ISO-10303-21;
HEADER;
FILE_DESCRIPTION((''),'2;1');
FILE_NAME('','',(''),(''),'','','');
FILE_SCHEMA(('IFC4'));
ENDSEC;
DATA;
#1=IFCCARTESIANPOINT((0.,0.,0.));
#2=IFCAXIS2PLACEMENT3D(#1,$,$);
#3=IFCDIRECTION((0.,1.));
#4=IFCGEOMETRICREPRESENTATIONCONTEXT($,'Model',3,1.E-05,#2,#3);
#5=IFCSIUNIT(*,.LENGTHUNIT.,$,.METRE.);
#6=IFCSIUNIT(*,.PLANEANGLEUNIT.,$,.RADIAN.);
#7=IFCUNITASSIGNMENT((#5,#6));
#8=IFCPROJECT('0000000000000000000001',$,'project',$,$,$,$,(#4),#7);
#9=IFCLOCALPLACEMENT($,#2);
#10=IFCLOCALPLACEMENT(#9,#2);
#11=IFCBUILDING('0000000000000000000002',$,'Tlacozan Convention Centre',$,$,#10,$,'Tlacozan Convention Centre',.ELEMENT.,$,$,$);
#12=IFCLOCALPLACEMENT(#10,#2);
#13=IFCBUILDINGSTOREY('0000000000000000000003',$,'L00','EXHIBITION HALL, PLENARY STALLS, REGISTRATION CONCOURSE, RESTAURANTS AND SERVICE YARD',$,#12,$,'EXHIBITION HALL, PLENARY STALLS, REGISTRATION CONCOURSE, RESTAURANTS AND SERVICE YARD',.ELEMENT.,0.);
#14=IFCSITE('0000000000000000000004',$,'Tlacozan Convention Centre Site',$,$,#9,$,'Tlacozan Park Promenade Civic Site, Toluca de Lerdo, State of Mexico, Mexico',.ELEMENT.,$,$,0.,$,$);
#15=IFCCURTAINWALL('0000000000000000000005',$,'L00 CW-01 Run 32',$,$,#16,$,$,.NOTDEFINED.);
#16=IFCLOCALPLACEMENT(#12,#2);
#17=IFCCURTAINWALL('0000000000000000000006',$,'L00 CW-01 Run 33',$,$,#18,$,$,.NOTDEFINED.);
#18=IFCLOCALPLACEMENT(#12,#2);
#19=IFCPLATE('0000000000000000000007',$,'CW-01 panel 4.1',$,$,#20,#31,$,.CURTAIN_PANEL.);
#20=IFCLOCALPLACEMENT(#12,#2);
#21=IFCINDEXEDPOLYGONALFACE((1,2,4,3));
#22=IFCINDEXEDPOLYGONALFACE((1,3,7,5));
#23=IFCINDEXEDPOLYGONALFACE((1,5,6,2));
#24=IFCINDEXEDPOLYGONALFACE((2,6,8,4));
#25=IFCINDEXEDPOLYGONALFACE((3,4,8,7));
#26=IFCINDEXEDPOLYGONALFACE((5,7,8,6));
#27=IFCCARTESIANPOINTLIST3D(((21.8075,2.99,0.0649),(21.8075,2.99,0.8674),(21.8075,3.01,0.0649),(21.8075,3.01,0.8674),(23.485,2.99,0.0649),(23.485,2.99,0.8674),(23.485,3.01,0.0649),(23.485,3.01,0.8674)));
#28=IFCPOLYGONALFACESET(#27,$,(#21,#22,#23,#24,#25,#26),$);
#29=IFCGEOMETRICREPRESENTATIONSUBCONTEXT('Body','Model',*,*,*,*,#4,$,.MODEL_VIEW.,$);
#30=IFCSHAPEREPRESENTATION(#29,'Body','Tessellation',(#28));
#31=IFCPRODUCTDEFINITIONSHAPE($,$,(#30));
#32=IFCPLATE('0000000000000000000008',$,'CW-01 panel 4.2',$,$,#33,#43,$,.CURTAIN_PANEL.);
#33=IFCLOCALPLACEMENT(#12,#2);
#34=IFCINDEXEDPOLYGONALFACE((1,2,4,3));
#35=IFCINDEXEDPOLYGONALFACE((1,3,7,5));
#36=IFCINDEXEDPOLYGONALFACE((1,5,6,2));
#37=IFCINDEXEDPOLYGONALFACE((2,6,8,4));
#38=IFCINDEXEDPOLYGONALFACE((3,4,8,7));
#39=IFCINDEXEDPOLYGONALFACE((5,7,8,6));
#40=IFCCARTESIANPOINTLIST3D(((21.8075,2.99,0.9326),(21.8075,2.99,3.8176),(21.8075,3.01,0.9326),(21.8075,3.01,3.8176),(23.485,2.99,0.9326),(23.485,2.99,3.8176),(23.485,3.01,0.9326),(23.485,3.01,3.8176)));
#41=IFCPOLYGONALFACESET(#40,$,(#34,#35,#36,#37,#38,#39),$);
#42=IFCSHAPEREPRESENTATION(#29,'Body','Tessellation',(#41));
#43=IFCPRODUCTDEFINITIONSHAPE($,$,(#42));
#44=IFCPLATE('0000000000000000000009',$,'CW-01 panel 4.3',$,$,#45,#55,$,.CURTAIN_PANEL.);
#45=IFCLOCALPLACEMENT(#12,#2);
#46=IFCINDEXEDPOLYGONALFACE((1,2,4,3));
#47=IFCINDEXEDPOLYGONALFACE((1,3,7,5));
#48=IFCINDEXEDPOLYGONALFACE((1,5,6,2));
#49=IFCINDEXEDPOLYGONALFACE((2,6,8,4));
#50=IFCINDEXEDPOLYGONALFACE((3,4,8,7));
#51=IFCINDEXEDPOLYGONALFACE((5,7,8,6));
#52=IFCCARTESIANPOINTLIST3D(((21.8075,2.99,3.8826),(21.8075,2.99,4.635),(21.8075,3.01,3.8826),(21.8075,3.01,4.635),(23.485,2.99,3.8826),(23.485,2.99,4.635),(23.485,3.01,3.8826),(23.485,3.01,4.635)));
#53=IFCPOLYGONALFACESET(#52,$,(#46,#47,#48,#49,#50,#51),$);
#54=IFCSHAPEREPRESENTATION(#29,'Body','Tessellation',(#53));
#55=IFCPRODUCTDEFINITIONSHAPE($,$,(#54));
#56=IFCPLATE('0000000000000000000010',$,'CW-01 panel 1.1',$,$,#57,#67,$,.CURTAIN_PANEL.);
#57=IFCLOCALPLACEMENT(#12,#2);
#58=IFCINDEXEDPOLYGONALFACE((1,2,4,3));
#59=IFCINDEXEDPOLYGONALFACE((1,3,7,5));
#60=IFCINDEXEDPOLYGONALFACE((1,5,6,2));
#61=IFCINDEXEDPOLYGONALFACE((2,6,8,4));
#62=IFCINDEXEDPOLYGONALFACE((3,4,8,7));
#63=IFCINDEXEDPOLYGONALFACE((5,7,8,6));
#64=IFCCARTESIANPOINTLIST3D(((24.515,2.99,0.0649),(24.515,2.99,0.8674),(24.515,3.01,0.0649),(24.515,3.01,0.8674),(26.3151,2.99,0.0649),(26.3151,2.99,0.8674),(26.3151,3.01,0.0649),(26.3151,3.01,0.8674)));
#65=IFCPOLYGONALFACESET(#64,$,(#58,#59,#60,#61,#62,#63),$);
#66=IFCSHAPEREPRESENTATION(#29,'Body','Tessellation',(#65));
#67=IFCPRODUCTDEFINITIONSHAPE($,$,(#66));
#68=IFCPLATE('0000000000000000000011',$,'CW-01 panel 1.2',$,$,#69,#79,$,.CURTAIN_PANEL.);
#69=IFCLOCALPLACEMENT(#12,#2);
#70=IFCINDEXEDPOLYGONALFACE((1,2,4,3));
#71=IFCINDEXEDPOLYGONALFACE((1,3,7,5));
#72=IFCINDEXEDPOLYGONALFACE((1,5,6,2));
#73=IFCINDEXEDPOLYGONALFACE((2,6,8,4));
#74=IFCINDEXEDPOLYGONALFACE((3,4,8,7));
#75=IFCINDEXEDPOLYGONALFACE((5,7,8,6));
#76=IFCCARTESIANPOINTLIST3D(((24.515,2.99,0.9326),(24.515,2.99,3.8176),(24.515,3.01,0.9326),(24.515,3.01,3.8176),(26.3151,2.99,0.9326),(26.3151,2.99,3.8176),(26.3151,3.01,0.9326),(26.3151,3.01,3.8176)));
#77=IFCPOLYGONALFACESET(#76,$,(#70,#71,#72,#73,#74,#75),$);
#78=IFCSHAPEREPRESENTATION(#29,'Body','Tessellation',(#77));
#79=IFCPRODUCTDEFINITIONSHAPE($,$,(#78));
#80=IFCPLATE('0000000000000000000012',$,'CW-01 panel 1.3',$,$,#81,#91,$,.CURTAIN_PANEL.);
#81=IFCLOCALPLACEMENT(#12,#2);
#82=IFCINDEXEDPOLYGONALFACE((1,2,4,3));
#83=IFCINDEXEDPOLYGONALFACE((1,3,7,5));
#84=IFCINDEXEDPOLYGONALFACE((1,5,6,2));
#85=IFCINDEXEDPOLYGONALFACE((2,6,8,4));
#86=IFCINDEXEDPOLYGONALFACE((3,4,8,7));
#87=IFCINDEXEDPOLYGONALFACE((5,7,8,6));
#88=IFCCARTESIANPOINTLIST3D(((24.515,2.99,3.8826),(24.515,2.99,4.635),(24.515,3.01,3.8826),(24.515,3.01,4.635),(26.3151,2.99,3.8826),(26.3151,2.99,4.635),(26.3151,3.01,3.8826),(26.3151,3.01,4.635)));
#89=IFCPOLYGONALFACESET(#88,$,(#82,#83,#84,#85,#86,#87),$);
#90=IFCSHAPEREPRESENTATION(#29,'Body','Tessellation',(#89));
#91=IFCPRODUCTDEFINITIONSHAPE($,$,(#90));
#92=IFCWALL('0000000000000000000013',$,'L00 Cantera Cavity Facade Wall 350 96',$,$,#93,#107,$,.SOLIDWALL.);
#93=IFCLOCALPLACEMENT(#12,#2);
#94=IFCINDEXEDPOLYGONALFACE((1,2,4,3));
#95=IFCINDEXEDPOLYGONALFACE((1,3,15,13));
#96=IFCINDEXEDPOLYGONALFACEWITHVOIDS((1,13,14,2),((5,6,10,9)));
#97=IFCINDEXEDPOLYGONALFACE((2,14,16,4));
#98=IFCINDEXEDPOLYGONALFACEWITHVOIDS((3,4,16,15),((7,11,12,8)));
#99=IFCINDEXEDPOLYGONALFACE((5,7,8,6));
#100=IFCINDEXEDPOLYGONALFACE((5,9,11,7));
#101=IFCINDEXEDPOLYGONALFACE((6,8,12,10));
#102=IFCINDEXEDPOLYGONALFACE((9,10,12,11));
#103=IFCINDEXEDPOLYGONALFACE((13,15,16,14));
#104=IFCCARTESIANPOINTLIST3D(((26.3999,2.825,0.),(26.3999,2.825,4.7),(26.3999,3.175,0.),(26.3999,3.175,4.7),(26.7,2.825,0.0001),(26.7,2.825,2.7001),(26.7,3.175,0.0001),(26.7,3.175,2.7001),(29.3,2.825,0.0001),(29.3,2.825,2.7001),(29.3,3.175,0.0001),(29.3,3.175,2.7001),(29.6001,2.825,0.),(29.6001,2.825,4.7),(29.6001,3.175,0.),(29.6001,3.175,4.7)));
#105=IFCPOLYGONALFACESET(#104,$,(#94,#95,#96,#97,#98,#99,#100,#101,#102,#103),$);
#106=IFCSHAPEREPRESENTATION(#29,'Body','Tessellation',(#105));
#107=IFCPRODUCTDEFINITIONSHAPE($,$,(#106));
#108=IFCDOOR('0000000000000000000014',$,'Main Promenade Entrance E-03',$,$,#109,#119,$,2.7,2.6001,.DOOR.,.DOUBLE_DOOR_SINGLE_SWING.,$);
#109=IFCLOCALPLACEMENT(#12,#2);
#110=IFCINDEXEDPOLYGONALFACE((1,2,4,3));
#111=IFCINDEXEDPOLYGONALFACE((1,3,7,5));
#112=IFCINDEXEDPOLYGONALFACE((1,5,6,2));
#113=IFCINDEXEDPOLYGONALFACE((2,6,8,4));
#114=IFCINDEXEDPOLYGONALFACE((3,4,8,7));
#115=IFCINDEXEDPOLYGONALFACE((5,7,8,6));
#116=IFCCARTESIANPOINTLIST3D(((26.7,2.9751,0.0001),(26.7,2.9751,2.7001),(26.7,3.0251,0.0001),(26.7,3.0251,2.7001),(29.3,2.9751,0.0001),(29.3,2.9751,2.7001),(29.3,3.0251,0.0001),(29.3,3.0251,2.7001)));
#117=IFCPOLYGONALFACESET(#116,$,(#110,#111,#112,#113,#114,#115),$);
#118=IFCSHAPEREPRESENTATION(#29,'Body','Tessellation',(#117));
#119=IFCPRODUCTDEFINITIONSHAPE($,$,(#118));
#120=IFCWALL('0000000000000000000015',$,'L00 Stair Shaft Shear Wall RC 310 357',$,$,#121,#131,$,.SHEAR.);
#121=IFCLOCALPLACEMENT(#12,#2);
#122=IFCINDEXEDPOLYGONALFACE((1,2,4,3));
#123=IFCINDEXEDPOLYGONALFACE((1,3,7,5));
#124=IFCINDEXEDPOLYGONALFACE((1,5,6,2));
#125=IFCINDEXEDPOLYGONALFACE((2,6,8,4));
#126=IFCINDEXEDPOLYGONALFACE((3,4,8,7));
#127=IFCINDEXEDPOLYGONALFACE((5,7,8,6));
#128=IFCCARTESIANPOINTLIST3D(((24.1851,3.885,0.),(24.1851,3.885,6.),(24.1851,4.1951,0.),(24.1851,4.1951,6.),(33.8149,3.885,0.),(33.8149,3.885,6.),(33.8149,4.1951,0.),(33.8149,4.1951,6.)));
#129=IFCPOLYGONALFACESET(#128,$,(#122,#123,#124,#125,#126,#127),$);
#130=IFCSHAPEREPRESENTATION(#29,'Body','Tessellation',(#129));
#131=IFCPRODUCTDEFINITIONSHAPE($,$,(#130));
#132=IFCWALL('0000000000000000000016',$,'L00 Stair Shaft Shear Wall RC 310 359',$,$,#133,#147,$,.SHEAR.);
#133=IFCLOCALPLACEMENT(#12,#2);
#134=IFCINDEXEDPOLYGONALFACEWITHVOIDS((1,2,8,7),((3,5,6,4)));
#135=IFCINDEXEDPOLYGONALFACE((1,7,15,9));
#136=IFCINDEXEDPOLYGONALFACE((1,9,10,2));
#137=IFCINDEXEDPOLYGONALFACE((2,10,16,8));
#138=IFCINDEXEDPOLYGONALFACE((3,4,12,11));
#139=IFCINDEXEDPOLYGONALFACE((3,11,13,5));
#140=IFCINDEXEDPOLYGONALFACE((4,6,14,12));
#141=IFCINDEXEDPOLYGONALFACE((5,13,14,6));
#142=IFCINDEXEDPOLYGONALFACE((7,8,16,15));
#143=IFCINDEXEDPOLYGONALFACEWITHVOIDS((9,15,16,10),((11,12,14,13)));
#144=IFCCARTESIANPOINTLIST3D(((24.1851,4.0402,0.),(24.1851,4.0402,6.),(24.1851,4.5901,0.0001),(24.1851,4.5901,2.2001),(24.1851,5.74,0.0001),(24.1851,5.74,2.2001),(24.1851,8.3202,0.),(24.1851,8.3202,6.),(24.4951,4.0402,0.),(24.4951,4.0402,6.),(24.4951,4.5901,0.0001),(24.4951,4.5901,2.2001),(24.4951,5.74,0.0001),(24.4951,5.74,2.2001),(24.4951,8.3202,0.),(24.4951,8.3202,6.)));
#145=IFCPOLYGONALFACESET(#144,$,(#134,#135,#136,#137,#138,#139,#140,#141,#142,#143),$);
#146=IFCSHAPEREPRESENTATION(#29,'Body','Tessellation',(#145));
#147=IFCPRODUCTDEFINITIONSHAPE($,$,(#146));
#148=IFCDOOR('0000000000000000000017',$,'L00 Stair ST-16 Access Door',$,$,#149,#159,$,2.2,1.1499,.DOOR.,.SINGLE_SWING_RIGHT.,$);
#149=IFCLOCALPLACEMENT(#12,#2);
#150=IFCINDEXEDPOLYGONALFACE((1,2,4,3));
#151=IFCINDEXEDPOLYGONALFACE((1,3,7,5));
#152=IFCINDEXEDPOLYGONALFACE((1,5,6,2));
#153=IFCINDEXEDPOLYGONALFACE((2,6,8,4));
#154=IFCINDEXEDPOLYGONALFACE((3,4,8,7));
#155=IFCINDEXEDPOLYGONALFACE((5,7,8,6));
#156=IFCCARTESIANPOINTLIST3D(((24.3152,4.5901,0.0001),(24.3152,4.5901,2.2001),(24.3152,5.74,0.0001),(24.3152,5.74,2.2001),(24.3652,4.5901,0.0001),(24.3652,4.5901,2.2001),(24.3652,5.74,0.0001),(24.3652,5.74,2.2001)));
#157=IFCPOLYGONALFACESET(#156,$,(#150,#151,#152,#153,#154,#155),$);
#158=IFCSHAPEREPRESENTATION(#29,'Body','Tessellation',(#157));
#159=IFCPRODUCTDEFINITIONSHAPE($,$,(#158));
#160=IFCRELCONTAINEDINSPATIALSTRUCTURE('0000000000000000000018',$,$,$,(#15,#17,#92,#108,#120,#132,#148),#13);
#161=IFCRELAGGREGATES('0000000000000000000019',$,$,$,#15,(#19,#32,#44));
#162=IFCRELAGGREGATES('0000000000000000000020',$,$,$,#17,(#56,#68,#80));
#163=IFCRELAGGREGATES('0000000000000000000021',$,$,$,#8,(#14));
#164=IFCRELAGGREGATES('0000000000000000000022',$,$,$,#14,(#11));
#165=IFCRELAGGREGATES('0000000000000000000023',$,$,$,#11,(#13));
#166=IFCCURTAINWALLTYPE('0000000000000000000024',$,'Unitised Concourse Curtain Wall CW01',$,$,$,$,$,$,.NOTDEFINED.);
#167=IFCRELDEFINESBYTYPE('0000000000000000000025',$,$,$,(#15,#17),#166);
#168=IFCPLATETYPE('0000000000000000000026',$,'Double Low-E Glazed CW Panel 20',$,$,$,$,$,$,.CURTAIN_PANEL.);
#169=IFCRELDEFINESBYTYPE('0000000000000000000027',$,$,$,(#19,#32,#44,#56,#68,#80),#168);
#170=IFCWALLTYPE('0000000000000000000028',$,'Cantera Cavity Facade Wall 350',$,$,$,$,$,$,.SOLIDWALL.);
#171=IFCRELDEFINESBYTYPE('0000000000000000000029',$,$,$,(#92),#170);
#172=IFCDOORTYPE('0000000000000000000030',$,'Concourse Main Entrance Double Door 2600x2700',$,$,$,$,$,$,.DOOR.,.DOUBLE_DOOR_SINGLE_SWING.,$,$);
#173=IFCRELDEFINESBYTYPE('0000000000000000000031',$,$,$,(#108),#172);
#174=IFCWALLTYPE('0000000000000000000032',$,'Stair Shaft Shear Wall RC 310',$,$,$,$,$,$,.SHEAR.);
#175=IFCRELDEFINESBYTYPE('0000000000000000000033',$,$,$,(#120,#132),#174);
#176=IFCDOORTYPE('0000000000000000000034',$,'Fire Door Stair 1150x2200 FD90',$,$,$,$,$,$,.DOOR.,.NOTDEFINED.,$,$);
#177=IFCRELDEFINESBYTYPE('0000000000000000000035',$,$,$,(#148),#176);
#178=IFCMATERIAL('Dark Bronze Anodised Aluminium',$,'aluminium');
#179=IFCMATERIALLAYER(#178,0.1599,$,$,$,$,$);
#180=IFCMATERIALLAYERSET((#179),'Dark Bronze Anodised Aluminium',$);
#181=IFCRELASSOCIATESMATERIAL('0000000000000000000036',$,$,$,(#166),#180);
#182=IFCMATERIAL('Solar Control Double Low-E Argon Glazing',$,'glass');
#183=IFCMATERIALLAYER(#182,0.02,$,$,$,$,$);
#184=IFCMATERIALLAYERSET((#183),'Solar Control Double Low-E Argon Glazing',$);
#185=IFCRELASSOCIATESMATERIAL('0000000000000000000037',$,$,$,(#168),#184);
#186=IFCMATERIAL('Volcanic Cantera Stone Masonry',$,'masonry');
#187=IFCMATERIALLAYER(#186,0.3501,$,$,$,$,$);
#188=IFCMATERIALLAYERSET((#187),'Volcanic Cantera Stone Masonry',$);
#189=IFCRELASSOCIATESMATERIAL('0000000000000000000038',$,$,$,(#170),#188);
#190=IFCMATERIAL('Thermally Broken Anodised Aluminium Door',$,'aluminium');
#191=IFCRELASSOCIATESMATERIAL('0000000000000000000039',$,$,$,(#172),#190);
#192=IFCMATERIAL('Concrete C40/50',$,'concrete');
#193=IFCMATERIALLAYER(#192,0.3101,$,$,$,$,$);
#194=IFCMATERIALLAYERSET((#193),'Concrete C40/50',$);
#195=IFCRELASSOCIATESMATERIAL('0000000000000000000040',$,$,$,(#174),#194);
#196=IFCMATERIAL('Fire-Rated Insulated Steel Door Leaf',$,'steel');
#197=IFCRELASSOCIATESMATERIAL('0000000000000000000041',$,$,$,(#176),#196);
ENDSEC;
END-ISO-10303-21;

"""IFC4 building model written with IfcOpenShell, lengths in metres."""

from ifc_helpers import new_model, si_unit, direction, frame, frame_2d, origin, origin_2d, place, context, subcontext, project, spatial, rectangle, extrude, material, layer, layer_set, type_object, element, fill, aggregate, save


model = new_model("IFC4")

# Units and contexts
model_context = context("Model", 3, precision=1e-05, world=origin(), true_north=direction((0.0, 1.0)))
body_context = subcontext(model_context, "Body", "Model", "MODEL_VIEW")
ifc_project = project(units=[si_unit("LENGTHUNIT", "METRE"), si_unit("PLANEANGLEUNIT", "RADIAN")], contexts=[model_context])

# Site, building, storey
site_placement = place(None, origin())
site = spatial("IfcSite", under=ifc_project, at=site_placement, Name="Tlacozan Convention Centre Site", LongName="Tlacozan Park Promenade Civic Site, Toluca de Lerdo, State of Mexico, Mexico", CompositionType="ELEMENT", RefElevation=0.0)
building_placement = place(site_placement, origin())
building = spatial("IfcBuilding", under=site, at=building_placement, Name="Tlacozan Convention Centre", LongName="Tlacozan Convention Centre", CompositionType="ELEMENT")
storey_placement = place(building_placement, origin())
storey = spatial("IfcBuildingStorey", under=building, at=storey_placement, Name="L00", Description="EXHIBITION HALL, PLENARY STALLS, REGISTRATION CONCOURSE, RESTAURANTS AND SERVICE YARD", LongName="EXHIBITION HALL, PLENARY STALLS, REGISTRATION CONCOURSE, RESTAURANTS AND SERVICE YARD", CompositionType="ELEMENT", Elevation=0.0)

# Curtain wall
ifc_material_1 = material(Name="Dark Bronze Anodised Aluminium", Category="aluminium")
ifc_layer_1 = layer(ifc_material_1, 0.1599)
ifc_layer_set_1 = layer_set([ifc_layer_1], Name="Dark Bronze Anodised Aluminium")
curtain_wall_type = type_object("IfcCurtainWallType", Name="Unitised Concourse Curtain Wall CW01", PredefinedType="NOTDEFINED", material=ifc_layer_set_1)
curtain_wall_1_placement = place(storey_placement, origin())
curtain_wall_1 = element("IfcCurtainWall", 1, at=curtain_wall_1_placement, inside=storey, type_object=curtain_wall_type, Name="L00 CW-01 Run 32", PredefinedType="NOTDEFINED")

# Curtain wall
curtain_wall_2_placement = place(storey_placement, origin())
curtain_wall_2 = element("IfcCurtainWall", 2, at=curtain_wall_2_placement, inside=storey, type_object=curtain_wall_type, Name="L00 CW-01 Run 33", PredefinedType="NOTDEFINED")

# Plates
ifc_material_2 = material(Name="Solar Control Double Low-E Argon Glazing", Category="glass")
ifc_layer_2 = layer(ifc_material_2, 0.02)
ifc_layer_set_2 = layer_set([ifc_layer_2], Name="Solar Control Double Low-E Argon Glazing")
plate_type = type_object("IfcPlateType", Name="Double Low-E Glazed CW Panel 20", PredefinedType="CURTAIN_PANEL", material=ifc_layer_set_2)
plate_1_placement = place(storey_placement, frame((22.6462, 3.0, 0.0649), z_axis=(0.0, 0.0, 1.0), x_axis=(1.0, 0.0, 0.0)))
plate_1 = element("IfcPlate", 3, at=plate_1_placement, type_object=plate_type, Name="CW-01 panel 4.1", PredefinedType="CURTAIN_PANEL", context=body_context, shape_type="SweptSolid", body=[
    extrude(rectangle(XDim=1.6775, YDim=0.02, at=origin_2d()), origin(), (0.0, 0.0, 1.0), 0.8025),
])
plate_2_placement = place(storey_placement, frame((22.6462, 3.0, 0.9326), z_axis=(0.0, 0.0, 1.0), x_axis=(1.0, 0.0, 0.0)))
plate_2 = element("IfcPlate", 4, at=plate_2_placement, type_object=plate_type, Name="CW-01 panel 4.2", PredefinedType="CURTAIN_PANEL", context=body_context, shape_type="SweptSolid", body=[
    extrude(rectangle(XDim=1.6775, YDim=0.02, at=origin_2d()), origin(), (0.0, 0.0, 1.0), 2.885),
])
plate_3_placement = place(storey_placement, frame((22.6462, 3.0, 3.8826), z_axis=(0.0, 0.0, 1.0), x_axis=(1.0, 0.0, 0.0)))
plate_3 = element("IfcPlate", 5, at=plate_3_placement, type_object=plate_type, Name="CW-01 panel 4.3", PredefinedType="CURTAIN_PANEL", context=body_context, shape_type="SweptSolid", body=[
    extrude(rectangle(XDim=1.6775, YDim=0.02, at=origin_2d()), origin(), (0.0, 0.0, 1.0), 0.7524),
])
aggregate(curtain_wall_1, [plate_1, plate_2, plate_3])
plate_4_placement = place(storey_placement, frame((25.415, 3.0, 0.0649), z_axis=(0.0, 0.0, 1.0), x_axis=(1.0, 0.0, 0.0)))
plate_4 = element("IfcPlate", 6, at=plate_4_placement, type_object=plate_type, Name="CW-01 panel 1.1", PredefinedType="CURTAIN_PANEL", context=body_context, shape_type="SweptSolid", body=[
    extrude(rectangle(XDim=1.8, YDim=0.02, at=origin_2d()), origin(), (0.0, 0.0, 1.0), 0.8025),
])
plate_5_placement = place(storey_placement, frame((25.415, 3.0, 0.9326), z_axis=(0.0, 0.0, 1.0), x_axis=(1.0, 0.0, 0.0)))
plate_5 = element("IfcPlate", 7, at=plate_5_placement, type_object=plate_type, Name="CW-01 panel 1.2", PredefinedType="CURTAIN_PANEL", context=body_context, shape_type="SweptSolid", body=[
    extrude(rectangle(XDim=1.8, YDim=0.02, at=origin_2d()), origin(), (0.0, 0.0, 1.0), 2.885),
])
plate_6_placement = place(storey_placement, frame((25.415, 3.0, 3.8826), z_axis=(0.0, 0.0, 1.0), x_axis=(1.0, 0.0, 0.0)))
plate_6 = element("IfcPlate", 8, at=plate_6_placement, type_object=plate_type, Name="CW-01 panel 1.3", PredefinedType="CURTAIN_PANEL", context=body_context, shape_type="SweptSolid", body=[
    extrude(rectangle(XDim=1.8, YDim=0.02, at=origin_2d()), origin(), (0.0, 0.0, 1.0), 0.7524),
])
aggregate(curtain_wall_2, [plate_4, plate_5, plate_6])

# Wall, opening, door
ifc_material_3 = material(Name="Volcanic Cantera Stone Masonry", Category="masonry")
ifc_layer_3 = layer(ifc_material_3, 0.3501)
ifc_layer_set_3 = layer_set([ifc_layer_3], Name="Volcanic Cantera Stone Masonry")
wall_type_1 = type_object("IfcWallType", Name="Cantera Cavity Facade Wall 350", PredefinedType="SOLIDWALL", material=ifc_layer_set_3)
wall_1_placement = place(storey_placement, frame((26.3999, 3.0, 0.0), z_axis=(0.0, 0.0, 1.0), x_axis=(1.0, 0.0, 0.0)))
wall_1 = element("IfcWall", 9, at=wall_1_placement, inside=storey, type_object=wall_type_1, Name="L00 Cantera Cavity Facade Wall 350 96", PredefinedType="SOLIDWALL", context=body_context, shape_type="SweptSolid", body=[
    extrude(rectangle(XDim=3.2002, YDim=0.3501, at=frame_2d((1.6001, 0.0))), origin(), (0.0, 0.0, 1.0), 4.7),
])
opening_1_placement = place(wall_1_placement, frame((0.3, 0.0, 0.0)))
opening_1 = element("IfcOpeningElement", 10, at=opening_1_placement, cuts=wall_1, PredefinedType="OPENING", context=body_context, shape_type="SweptSolid", body=[
    extrude(rectangle(XDim=2.6001, YDim=2.7, at=frame_2d((1.3, 1.3501))), frame((0.0, 0.1851, 0.0), z_axis=(0.0, -1.0, 0.0), x_axis=(1.0, 0.0, 0.0)), (0.0, 0.0, 1.0), 0.3701),
])
ifc_material_4 = material(Name="Thermally Broken Anodised Aluminium Door", Category="aluminium")
door_type_1 = type_object("IfcDoorType", Name="Concourse Main Entrance Double Door 2600x2700", OperationType="DOUBLE_DOOR_SINGLE_SWING", PredefinedType="DOOR", material=ifc_material_4)
door_1_placement = place(opening_1_placement, frame((2.6001, 0.0, 0.0), z_axis=(0.0, 0.0, 1.0), x_axis=(-1.0, 0.0, 0.0)))
door_1 = element("IfcDoor", 11, at=door_1_placement, inside=storey, type_object=door_type_1, Name="Main Promenade Entrance E-03", OperationType="DOUBLE_DOOR_SINGLE_SWING", OverallHeight=2.7, OverallWidth=2.6001, PredefinedType="DOOR", context=body_context, shape_type="SweptSolid", body=[
    extrude(rectangle(XDim=2.6001, YDim=2.7, at=frame_2d((1.3, 1.3501))), frame((0.0, 0.0249, 0.0), z_axis=(0.0, -1.0, 0.0), x_axis=(1.0, 0.0, 0.0)), (0.0, 0.0, 1.0), 0.05),
])
fill(opening_1, door_1)

# Wall
ifc_material_5 = material(Name="Concrete C40/50", Category="concrete")
ifc_layer_4 = layer(ifc_material_5, 0.3101)
ifc_layer_set_4 = layer_set([ifc_layer_4], Name="Concrete C40/50")
wall_type_2 = type_object("IfcWallType", Name="Stair Shaft Shear Wall RC 310", PredefinedType="SHEAR", material=ifc_layer_set_4)
wall_2_placement = place(storey_placement, frame((24.1851, 4.04, 0.0), z_axis=(0.0, 0.0, 1.0), x_axis=(1.0, 0.0, 0.0)))
element("IfcWall", 12, at=wall_2_placement, inside=storey, type_object=wall_type_2, Name="L00 Stair Shaft Shear Wall RC 310 357", PredefinedType="SHEAR", context=body_context, shape_type="SweptSolid", body=[
    extrude(rectangle(XDim=9.6299, YDim=0.3101, at=frame_2d((4.8149, 0.0))), origin(), (0.0, 0.0, 1.0), 6.0),
])

# Wall, opening, door
wall_3_placement = place(storey_placement, frame((24.3401, 4.04, 0.0), z_axis=(0.0, 0.0, 1.0), x_axis=(0.0, 1.0, 0.0)))
wall_3 = element("IfcWall", 13, at=wall_3_placement, inside=storey, type_object=wall_type_2, Name="L00 Stair Shaft Shear Wall RC 310 359", PredefinedType="SHEAR", context=body_context, shape_type="SweptSolid", body=[
    extrude(rectangle(XDim=4.28, YDim=0.3101, at=frame_2d((2.1401, 0.0))), origin(), (0.0, 0.0, 1.0), 6.0),
])
opening_2_placement = place(wall_3_placement, frame((0.55, 0.0, 0.0)))
opening_2 = element("IfcOpeningElement", 14, at=opening_2_placement, cuts=wall_3, PredefinedType="OPENING", context=body_context, shape_type="SweptSolid", body=[
    extrude(rectangle(XDim=1.1499, YDim=2.2, at=frame_2d((0.575, 1.1001))), frame((0.0, 0.165, 0.0), z_axis=(0.0, -1.0, 0.0), x_axis=(1.0, 0.0, 0.0)), (0.0, 0.0, 1.0), 0.3301),
])
ifc_material_6 = material(Name="Fire-Rated Insulated Steel Door Leaf", Category="steel")
door_type_2 = type_object("IfcDoorType", Name="Fire Door Stair 1150x2200 FD90", OperationType="NOTDEFINED", PredefinedType="DOOR", material=ifc_material_6)
door_2_placement = place(opening_2_placement, origin())
door_2 = element("IfcDoor", 15, at=door_2_placement, inside=storey, type_object=door_type_2, Name="L00 Stair ST-16 Access Door", OperationType="SINGLE_SWING_RIGHT", OverallHeight=2.2, OverallWidth=1.1499, PredefinedType="DOOR", context=body_context, shape_type="SweptSolid", body=[
    extrude(rectangle(XDim=1.1499, YDim=2.2, at=frame_2d((0.575, 1.1001))), frame((0.0, 0.0249, 0.0), z_axis=(0.0, -1.0, 0.0), x_axis=(1.0, 0.0, 0.0)), (0.0, 0.0, 1.0), 0.05),
])
fill(opening_2, door_2)

save(model, "model.ifc")
